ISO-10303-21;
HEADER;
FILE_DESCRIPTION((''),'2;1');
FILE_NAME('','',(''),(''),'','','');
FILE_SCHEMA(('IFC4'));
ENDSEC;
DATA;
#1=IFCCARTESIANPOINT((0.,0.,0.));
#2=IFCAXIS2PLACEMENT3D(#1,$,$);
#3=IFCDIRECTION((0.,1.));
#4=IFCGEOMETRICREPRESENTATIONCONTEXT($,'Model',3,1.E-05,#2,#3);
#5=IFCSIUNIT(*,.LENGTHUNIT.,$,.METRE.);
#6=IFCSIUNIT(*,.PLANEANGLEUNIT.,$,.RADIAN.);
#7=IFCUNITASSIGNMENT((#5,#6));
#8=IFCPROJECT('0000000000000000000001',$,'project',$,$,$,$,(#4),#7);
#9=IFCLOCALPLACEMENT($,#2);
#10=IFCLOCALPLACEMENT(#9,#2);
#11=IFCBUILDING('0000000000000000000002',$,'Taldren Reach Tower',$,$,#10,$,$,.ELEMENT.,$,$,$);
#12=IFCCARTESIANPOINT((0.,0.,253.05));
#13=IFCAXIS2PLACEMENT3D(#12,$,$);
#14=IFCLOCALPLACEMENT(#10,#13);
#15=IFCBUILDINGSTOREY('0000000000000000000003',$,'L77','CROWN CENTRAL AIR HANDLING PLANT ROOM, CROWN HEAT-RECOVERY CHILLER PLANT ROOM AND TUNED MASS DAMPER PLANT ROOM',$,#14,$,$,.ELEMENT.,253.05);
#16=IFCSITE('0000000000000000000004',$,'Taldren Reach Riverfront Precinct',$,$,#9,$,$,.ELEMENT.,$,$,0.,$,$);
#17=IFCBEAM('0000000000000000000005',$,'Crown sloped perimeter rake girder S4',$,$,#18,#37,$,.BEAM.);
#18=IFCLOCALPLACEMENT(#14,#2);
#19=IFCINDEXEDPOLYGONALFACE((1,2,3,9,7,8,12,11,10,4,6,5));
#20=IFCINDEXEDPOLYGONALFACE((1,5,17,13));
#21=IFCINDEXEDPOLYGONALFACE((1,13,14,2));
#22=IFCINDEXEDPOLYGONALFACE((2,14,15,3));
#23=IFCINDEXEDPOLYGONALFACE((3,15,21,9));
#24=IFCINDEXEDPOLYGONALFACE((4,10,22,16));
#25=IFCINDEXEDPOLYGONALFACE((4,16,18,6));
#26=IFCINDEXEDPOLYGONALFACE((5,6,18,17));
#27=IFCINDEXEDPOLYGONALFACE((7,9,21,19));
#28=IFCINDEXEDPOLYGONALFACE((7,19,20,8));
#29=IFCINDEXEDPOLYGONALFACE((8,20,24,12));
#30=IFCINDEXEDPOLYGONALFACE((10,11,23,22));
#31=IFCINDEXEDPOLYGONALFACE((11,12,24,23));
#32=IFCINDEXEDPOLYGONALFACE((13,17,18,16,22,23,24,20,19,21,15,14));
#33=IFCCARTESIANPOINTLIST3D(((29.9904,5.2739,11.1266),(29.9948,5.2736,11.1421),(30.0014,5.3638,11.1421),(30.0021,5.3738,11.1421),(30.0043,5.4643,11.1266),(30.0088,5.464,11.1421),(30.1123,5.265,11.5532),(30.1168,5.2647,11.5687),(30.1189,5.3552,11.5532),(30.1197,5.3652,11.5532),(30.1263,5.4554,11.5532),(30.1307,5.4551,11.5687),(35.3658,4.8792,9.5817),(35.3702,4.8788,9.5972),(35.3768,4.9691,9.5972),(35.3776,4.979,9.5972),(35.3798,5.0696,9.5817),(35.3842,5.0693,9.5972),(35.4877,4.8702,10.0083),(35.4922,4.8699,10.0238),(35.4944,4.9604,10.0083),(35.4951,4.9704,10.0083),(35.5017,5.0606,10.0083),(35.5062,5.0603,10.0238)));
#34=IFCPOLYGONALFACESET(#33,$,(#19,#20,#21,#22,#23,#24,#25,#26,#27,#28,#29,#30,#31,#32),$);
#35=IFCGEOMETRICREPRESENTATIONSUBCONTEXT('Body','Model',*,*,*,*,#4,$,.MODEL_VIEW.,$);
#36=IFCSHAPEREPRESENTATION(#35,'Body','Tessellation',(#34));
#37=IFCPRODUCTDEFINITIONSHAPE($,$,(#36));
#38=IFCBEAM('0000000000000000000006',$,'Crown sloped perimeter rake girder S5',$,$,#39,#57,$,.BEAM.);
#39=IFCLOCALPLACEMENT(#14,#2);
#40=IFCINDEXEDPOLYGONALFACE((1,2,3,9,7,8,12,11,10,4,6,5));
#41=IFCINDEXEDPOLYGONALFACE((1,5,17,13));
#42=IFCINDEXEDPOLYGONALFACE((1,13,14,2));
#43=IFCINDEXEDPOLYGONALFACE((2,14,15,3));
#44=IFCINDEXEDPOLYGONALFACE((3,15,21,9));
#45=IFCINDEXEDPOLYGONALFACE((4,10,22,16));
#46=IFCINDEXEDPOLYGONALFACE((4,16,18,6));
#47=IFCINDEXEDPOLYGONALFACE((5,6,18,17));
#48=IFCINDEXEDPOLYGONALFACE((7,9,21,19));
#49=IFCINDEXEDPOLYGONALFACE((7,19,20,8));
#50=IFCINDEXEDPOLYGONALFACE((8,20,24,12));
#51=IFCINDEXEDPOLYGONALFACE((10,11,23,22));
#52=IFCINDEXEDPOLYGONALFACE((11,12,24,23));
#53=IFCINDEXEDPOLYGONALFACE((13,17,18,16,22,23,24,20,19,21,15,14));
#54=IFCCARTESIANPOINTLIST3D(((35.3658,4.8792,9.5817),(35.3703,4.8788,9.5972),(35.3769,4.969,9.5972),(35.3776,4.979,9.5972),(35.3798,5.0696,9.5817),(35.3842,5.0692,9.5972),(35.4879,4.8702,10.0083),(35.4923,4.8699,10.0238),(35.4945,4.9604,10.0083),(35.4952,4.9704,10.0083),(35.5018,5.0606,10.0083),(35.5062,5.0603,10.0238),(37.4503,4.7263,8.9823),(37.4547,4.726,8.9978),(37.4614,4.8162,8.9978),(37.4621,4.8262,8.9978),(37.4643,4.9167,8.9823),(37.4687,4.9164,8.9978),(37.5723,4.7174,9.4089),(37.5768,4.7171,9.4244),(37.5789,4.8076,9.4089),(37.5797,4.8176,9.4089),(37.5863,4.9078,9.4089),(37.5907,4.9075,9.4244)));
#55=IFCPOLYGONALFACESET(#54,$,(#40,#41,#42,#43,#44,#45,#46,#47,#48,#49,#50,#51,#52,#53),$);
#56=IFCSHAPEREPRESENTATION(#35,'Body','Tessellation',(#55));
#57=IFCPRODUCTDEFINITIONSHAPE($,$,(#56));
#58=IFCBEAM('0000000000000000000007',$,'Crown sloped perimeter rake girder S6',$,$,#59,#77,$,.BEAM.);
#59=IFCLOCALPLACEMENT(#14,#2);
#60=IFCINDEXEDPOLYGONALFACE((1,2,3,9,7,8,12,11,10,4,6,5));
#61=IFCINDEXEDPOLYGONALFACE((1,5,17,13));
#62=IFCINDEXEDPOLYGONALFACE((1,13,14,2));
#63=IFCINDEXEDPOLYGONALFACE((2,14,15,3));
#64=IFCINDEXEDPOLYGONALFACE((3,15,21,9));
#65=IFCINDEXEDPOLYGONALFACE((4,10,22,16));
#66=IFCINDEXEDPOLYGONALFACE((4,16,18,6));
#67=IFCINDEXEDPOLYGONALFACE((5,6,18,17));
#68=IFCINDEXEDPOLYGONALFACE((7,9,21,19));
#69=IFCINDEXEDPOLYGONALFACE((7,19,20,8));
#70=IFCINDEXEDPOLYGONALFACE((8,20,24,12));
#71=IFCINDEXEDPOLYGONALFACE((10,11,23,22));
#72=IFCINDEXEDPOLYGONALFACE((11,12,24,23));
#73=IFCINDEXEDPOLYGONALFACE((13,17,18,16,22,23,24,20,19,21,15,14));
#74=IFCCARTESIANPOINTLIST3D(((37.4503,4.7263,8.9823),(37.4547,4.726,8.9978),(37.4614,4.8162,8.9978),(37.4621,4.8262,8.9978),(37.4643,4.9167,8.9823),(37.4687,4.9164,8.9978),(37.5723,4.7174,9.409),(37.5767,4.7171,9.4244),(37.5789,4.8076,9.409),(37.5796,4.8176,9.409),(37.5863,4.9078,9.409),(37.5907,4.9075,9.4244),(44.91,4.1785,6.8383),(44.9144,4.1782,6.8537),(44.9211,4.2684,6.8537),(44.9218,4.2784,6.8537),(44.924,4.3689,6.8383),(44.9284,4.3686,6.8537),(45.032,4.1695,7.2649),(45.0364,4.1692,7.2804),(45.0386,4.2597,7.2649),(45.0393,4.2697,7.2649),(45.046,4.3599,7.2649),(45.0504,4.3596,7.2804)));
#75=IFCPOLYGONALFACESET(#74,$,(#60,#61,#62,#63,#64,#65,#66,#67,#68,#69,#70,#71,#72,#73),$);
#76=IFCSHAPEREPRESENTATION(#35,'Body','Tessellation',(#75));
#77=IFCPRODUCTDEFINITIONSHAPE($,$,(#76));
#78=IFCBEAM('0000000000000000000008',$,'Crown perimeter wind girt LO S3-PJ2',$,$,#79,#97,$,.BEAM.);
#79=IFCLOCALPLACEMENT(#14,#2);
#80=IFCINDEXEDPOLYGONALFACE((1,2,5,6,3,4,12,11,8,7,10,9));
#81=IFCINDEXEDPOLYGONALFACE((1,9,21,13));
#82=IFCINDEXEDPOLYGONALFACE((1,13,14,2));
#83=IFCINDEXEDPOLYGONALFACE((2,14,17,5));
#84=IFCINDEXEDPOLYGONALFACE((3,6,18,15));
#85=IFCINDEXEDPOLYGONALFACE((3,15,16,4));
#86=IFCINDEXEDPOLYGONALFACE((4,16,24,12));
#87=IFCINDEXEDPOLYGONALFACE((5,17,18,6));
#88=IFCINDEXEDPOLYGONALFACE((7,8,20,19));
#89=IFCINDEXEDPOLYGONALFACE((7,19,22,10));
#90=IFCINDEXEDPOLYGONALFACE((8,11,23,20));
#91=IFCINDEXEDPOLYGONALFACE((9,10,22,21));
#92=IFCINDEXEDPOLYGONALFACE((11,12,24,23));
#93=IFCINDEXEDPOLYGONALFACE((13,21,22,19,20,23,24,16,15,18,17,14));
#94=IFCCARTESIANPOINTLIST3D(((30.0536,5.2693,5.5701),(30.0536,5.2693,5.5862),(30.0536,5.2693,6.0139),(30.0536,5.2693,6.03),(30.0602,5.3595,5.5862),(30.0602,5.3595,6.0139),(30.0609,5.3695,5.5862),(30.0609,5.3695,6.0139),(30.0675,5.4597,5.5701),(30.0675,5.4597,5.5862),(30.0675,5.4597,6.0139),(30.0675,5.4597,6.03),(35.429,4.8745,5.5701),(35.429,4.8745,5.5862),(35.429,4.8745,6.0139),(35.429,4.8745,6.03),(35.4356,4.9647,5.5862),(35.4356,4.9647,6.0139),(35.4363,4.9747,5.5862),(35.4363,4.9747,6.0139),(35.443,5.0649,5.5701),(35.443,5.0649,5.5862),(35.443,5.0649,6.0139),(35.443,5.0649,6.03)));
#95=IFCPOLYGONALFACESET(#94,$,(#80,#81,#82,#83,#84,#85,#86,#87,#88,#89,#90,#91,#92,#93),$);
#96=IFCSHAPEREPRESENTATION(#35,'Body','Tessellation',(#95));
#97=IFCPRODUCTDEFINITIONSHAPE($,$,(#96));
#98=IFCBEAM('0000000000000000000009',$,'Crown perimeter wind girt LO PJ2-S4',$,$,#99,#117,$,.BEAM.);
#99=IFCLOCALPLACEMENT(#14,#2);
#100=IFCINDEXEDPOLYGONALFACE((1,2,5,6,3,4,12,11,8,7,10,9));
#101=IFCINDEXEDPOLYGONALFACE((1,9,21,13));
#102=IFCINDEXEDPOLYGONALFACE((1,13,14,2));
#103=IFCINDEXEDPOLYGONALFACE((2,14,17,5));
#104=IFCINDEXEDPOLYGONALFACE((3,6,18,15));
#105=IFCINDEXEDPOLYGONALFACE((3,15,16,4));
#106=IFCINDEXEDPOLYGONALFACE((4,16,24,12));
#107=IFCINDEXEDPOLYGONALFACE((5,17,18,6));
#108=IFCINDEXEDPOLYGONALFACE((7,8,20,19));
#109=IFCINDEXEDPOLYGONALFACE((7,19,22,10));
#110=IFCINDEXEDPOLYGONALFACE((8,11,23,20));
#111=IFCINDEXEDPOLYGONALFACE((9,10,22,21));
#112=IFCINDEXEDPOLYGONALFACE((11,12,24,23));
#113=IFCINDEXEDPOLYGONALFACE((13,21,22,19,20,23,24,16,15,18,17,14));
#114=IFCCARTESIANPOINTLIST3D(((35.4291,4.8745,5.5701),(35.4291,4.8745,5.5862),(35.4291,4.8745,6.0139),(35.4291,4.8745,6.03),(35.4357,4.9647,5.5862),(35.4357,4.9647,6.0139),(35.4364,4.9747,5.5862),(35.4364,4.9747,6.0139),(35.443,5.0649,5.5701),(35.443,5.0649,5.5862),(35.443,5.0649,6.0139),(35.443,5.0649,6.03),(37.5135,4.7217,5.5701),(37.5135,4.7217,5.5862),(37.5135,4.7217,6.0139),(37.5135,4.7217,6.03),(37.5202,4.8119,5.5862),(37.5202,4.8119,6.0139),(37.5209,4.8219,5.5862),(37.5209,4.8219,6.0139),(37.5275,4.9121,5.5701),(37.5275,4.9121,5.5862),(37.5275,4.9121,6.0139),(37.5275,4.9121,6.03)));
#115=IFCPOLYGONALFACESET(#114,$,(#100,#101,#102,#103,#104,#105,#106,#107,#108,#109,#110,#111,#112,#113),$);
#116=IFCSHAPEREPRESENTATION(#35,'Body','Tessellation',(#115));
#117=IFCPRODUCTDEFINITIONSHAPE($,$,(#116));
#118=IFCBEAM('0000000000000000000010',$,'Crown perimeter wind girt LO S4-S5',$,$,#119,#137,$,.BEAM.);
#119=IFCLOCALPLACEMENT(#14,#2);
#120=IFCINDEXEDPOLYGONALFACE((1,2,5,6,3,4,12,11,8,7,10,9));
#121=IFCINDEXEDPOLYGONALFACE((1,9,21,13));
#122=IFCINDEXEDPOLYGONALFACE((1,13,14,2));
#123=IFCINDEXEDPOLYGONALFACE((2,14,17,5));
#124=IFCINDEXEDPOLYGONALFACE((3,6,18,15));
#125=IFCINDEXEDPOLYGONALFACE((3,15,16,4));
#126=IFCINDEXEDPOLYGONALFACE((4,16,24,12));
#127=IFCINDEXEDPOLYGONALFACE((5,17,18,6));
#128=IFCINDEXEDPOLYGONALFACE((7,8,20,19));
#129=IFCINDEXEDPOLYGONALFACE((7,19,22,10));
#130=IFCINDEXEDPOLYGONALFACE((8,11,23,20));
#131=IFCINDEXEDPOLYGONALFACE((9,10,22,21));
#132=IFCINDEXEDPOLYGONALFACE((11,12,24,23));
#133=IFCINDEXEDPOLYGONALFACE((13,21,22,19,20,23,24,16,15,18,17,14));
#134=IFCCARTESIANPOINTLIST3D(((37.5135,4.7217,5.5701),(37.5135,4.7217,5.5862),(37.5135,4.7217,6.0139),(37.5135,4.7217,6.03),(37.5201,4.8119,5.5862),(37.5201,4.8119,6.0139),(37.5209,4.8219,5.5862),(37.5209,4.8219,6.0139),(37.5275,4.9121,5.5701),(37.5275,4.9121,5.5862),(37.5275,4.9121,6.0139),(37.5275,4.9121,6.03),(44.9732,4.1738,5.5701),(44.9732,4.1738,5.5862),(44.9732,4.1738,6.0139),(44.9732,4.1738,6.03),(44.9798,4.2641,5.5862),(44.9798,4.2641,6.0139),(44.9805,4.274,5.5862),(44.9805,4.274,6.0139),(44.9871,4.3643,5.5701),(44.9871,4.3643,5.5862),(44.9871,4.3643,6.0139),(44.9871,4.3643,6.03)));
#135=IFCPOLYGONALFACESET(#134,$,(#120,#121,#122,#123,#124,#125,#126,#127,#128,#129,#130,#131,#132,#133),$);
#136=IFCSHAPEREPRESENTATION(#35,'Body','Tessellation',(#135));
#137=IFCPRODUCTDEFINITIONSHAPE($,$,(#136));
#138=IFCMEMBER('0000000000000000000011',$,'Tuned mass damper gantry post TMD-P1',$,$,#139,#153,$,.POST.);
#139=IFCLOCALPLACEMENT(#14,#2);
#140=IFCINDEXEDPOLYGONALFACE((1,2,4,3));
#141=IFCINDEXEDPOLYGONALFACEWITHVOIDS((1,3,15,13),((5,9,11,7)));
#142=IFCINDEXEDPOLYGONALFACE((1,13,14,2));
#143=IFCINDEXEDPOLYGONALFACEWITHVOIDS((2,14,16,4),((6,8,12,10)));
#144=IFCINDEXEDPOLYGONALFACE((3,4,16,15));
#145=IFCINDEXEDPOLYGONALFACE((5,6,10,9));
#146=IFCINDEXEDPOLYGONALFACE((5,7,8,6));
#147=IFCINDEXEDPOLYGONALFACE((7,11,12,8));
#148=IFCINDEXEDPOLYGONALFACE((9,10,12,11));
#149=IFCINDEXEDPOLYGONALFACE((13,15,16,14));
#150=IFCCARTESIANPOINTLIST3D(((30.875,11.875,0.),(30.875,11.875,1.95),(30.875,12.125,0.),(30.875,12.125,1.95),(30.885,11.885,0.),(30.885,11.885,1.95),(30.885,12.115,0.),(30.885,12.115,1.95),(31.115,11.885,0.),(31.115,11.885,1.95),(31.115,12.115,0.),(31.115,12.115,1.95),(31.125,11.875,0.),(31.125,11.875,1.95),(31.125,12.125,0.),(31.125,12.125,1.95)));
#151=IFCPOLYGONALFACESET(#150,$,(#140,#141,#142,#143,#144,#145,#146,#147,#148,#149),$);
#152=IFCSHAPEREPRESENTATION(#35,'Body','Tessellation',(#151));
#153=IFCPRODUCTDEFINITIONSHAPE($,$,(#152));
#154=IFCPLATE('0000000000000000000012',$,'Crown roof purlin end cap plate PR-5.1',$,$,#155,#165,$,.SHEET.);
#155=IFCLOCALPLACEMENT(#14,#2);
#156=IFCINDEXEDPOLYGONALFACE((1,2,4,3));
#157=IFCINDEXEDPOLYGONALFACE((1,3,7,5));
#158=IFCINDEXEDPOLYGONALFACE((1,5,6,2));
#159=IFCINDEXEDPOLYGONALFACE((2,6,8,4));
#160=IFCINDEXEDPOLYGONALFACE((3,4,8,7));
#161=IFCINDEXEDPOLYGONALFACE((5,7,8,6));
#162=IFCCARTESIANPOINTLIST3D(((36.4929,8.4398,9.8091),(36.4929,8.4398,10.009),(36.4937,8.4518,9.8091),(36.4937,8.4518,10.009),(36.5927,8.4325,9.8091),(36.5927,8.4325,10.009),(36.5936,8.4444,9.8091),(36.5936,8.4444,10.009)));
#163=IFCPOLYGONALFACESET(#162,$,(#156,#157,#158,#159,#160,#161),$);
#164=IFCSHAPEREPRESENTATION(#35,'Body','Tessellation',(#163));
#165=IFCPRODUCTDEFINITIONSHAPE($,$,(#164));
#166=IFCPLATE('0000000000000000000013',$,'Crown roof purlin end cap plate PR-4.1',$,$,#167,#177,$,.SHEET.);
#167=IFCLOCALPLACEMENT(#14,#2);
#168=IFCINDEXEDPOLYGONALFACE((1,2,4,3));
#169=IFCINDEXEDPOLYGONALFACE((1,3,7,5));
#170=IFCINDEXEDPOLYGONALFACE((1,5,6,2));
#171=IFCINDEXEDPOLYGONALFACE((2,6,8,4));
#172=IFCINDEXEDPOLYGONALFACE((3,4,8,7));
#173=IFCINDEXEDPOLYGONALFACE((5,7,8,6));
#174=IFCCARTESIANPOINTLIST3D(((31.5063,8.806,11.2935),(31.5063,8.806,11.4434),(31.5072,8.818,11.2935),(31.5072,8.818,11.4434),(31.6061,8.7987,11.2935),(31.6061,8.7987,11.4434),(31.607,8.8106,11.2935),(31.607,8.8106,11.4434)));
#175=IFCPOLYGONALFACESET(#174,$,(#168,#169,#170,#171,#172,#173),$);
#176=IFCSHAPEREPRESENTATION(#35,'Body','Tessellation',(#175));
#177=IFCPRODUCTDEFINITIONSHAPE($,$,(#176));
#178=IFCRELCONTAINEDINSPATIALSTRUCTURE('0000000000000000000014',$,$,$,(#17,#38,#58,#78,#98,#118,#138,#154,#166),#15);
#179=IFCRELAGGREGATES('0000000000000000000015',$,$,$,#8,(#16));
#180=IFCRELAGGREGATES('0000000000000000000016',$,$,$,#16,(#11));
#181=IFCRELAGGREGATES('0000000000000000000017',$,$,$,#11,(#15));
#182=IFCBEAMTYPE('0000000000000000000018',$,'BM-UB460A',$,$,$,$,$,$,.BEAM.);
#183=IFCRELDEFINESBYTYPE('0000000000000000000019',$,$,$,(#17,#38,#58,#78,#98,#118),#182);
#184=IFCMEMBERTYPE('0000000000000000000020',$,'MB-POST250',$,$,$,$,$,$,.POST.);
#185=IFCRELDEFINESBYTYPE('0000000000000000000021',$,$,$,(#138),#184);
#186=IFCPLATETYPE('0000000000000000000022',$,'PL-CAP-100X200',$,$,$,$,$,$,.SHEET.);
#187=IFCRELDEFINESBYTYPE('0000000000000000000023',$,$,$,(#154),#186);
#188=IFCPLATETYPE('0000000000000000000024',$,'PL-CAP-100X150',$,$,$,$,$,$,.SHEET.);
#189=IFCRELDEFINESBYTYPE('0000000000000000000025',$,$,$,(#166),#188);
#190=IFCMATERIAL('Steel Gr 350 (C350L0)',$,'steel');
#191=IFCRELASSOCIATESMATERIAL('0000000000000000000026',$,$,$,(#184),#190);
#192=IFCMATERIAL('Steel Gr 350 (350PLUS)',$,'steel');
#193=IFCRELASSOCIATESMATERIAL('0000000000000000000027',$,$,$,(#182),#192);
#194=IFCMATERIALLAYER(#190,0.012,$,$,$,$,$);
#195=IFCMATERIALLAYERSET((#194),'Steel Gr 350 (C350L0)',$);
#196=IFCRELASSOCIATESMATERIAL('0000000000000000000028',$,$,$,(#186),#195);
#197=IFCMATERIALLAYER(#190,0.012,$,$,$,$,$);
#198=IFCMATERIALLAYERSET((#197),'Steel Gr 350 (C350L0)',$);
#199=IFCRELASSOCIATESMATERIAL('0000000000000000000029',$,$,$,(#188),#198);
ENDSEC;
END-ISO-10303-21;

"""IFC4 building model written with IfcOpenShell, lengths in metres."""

from ifc_helpers import new_model, si_unit, direction, frame, origin, origin_2d, place, context, subcontext, project, spatial, rectangle, hollow_rectangle, i_section, extrude, source, transform, mapped, material, layer, layer_set, material_profile, profile_set, type_object, element, save


model = new_model("IFC4")

# Units and contexts
model_context = context("Model", 3, precision=1e-05, world=origin(), true_north=direction((0.0, 1.0)))
body_context = subcontext(model_context, "Body", "Model", "MODEL_VIEW")
ifc_project = project(units=[si_unit("LENGTHUNIT", "METRE"), si_unit("PLANEANGLEUNIT", "RADIAN")], contexts=[model_context])

# Site, building, storey
site_placement = place(None, origin())
site = spatial("IfcSite", under=ifc_project, at=site_placement, Name="Taldren Reach Riverfront Precinct", CompositionType="ELEMENT", RefElevation=0.0)
building_placement = place(site_placement, origin())
building = spatial("IfcBuilding", under=site, at=building_placement, Name="Taldren Reach Tower", CompositionType="ELEMENT")
storey_placement = place(building_placement, frame((0.0, 0.0, 253.05)))
storey = spatial("IfcBuildingStorey", under=building, at=storey_placement, Name="L77", Description="CROWN CENTRAL AIR HANDLING PLANT ROOM, CROWN HEAT-RECOVERY CHILLER PLANT ROOM AND TUNED MASS DAMPER PLANT ROOM", CompositionType="ELEMENT", Elevation=253.05)

# Shared definitions
ifc_material_1 = material(Name="Steel Gr 350 (350PLUS)", Category="steel")

# Shared definitions
ifc_material_2 = material(Name="Steel Gr 350 (C350L0)", Category="steel")
ifc_material_profile_1 = material_profile(ifc_material_2, hollow_rectangle(XDim=0.25, YDim=0.25, WallThickness=0.01, at=origin_2d()), Name="250x250x10.0SHS")
ifc_profile_set_1 = profile_set([ifc_material_profile_1], Name="Steel Gr 350 (C350L0)")
member_type_1 = type_object("IfcMemberType", Name="MB-POST250", PredefinedType="POST", material=ifc_profile_set_1)

# Beams
ifc_material_profile_2 = material_profile(ifc_material_1, i_section(OverallWidth=0.1909, OverallDepth=0.46, WebThickness=0.01, FlangeThickness=0.0161, at=origin_2d()), Name="460UB82.1")
ifc_profile_set_2 = profile_set([ifc_material_profile_2], Name="Steel Gr 350 (350PLUS)")
beam_type_1 = type_object("IfcBeamType", Name="BM-UB460A", PredefinedType="BEAM", material=ifc_profile_set_2)
shared_shape_1 = source(origin(), body_context, "Body", "SweptSolid", [
    extrude(i_section(OverallWidth=0.1909, OverallDepth=0.46, WebThickness=0.01, FlangeThickness=0.0161, at=origin_2d()), origin(), (0.0, 0.0, 1.0), 5.6069),
])
beam_1_placement = place(storey_placement, frame((30.0605, 5.3645, 11.3477), z_axis=(0.958709, -0.070408, -0.275534), x_axis=(0.073243, 0.997314, 0.0)))
element("IfcBeam", 1, at=beam_1_placement, inside=storey, type_object=beam_type_1, Name="Crown sloped perimeter rake girder S4", PredefinedType="BEAM", context=body_context, shape_type="MappedRepresentation", body=[
    mapped(shared_shape_1, transform((0.0, 0.0, 0.0), scale=1.0)),
])
shared_shape_2 = source(origin(), body_context, "Body", "SweptSolid", [
    extrude(i_section(OverallWidth=0.1909, OverallDepth=0.46, WebThickness=0.01, FlangeThickness=0.0161, at=origin_2d()), origin(), (0.0, 0.0, 1.0), 2.1743),
])
beam_2_placement = place(storey_placement, frame((35.436, 4.9697, 9.8027), z_axis=(0.958683, -0.07029, -0.275658), x_axis=(0.073123, 0.997323, 0.0)))
element("IfcBeam", 2, at=beam_2_placement, inside=storey, type_object=beam_type_1, Name="Crown sloped perimeter rake girder S5", PredefinedType="BEAM", context=body_context, shape_type="MappedRepresentation", body=[
    mapped(shared_shape_2, transform((0.0, 0.0, 0.0), scale=1.0)),
])
shared_shape_3 = source(origin(), body_context, "Body", "SweptSolid", [
    extrude(i_section(OverallWidth=0.1909, OverallDepth=0.46, WebThickness=0.01, FlangeThickness=0.0161, at=origin_2d()), origin(), (0.0, 0.0, 1.0), 7.781),
])
beam_3_placement = place(storey_placement, frame((37.5205, 4.8169, 9.2034), z_axis=(0.958706, -0.070409, -0.275547), x_axis=(0.073244, 0.997314, 0.0)))
element("IfcBeam", 3, at=beam_3_placement, inside=storey, type_object=beam_type_1, Name="Crown sloped perimeter rake girder S6", PredefinedType="BEAM", context=body_context, shape_type="MappedRepresentation", body=[
    mapped(shared_shape_3, transform((0.0, 0.0, 0.0), scale=1.0)),
])
shared_shape_4 = source(origin(), body_context, "Body", "SweptSolid", [
    extrude(i_section(OverallWidth=0.1909, OverallDepth=0.46, WebThickness=0.01, FlangeThickness=0.0161, at=origin_2d()), origin(), (0.0, 0.0, 1.0), 5.3899),
])
beam_4_placement = place(storey_placement, frame((30.0605, 5.3645, 5.8), z_axis=(0.997314, -0.073243, 0.0), x_axis=(0.073243, 0.997314, 0.0)))
element("IfcBeam", 4, at=beam_4_placement, inside=storey, type_object=beam_type_1, Name="Crown perimeter wind girt LO S3-PJ2", PredefinedType="BEAM", context=body_context, shape_type="MappedRepresentation", body=[
    mapped(shared_shape_4, transform((0.0, 0.0, 0.0), scale=1.0)),
])
shared_shape_5 = source(origin(), body_context, "Body", "SweptSolid", [
    extrude(i_section(OverallWidth=0.1909, OverallDepth=0.46, WebThickness=0.01, FlangeThickness=0.0161, at=origin_2d()), origin(), (0.0, 0.0, 1.0), 2.0901),
])
beam_5_placement = place(storey_placement, frame((35.436, 4.9697, 5.8), z_axis=(0.997323, -0.073123, 0.0), x_axis=(0.073123, 0.997323, 0.0)))
element("IfcBeam", 5, at=beam_5_placement, inside=storey, type_object=beam_type_1, Name="Crown perimeter wind girt LO PJ2-S4", PredefinedType="BEAM", context=body_context, shape_type="MappedRepresentation", body=[
    mapped(shared_shape_5, transform((0.0, 0.0, 0.0), scale=1.0)),
])
shared_shape_6 = source(origin(), body_context, "Body", "SweptSolid", [
    extrude(i_section(OverallWidth=0.1909, OverallDepth=0.46, WebThickness=0.01, FlangeThickness=0.0161, at=origin_2d()), origin(), (0.0, 0.0, 1.0), 7.4797),
])
beam_6_placement = place(storey_placement, frame((37.5205, 4.8169, 5.8), z_axis=(0.997314, -0.073244, 0.0), x_axis=(0.073244, 0.997314, 0.0)))
element("IfcBeam", 6, at=beam_6_placement, inside=storey, type_object=beam_type_1, Name="Crown perimeter wind girt LO S4-S5", PredefinedType="BEAM", context=body_context, shape_type="MappedRepresentation", body=[
    mapped(shared_shape_6, transform((0.0, 0.0, 0.0), scale=1.0)),
])

# Member
shared_shape_7 = source(origin(), body_context, "Body", "SweptSolid", [
    extrude(hollow_rectangle(XDim=0.25, YDim=0.25, WallThickness=0.01, at=origin_2d()), origin(), (0.0, 0.0, 1.0), 1.95),
])
member_1_placement = place(storey_placement, frame((31.0, 12.0, 0.0), z_axis=(0.0, 0.0, 1.0), x_axis=(1.0, 0.0, 0.0)))
element("IfcMember", 7, at=member_1_placement, inside=storey, type_object=member_type_1, Name="Tuned mass damper gantry post TMD-P1", PredefinedType="POST", context=body_context, shape_type="MappedRepresentation", body=[
    mapped(shared_shape_7, transform((0.0, 0.0, 0.0), scale=1.0)),
])

# Plates
ifc_layer_1 = layer(ifc_material_2, 0.012)
ifc_layer_set_1 = layer_set([ifc_layer_1], Name="Steel Gr 350 (C350L0)")
plate_type_1 = type_object("IfcPlateType", Name="PL-CAP-100X200", PredefinedType="SHEET", material=ifc_layer_set_1)
shared_shape_8 = source(origin(), body_context, "Body", "SweptSolid", [
    extrude(rectangle(XDim=0.1001, YDim=0.012, at=origin_2d()), origin(), (0.0, 0.0, 1.0), 0.2),
])
plate_1_placement = place(storey_placement, frame((36.5432, 8.4421, 9.8091), z_axis=(0.0, 0.0, 1.0), x_axis=(0.997314, -0.073238, 0.0)))
element("IfcPlate", 8, at=plate_1_placement, inside=storey, type_object=plate_type_1, Name="Crown roof purlin end cap plate PR-5.1", PredefinedType="SHEET", context=body_context, shape_type="MappedRepresentation", body=[
    mapped(shared_shape_8, transform((0.0, 0.0, 0.0), scale=1.0)),
])
ifc_layer_2 = layer(ifc_material_2, 0.012)
ifc_layer_set_2 = layer_set([ifc_layer_2], Name="Steel Gr 350 (C350L0)")
plate_type_2 = type_object("IfcPlateType", Name="PL-CAP-100X150", PredefinedType="SHEET", material=ifc_layer_set_2)
shared_shape_9 = source(origin(), body_context, "Body", "SweptSolid", [
    extrude(rectangle(XDim=0.1001, YDim=0.012, at=origin_2d()), origin(), (0.0, 0.0, 1.0), 0.1499),
])
for number, where, z_axis, x_axis, name in (
    (9, (31.5566, 8.8083, 11.2935), (0.0, 0.0, 1.0), (0.997314, -0.073238, 0.0), "Crown roof purlin end cap plate PR-4.1"),
):
    element("IfcPlate", number, at=place(storey_placement, frame(where, z_axis=z_axis, x_axis=x_axis)), inside=storey, type_object=plate_type_2, Name=name, PredefinedType="SHEET", context=body_context, shape_type="MappedRepresentation", body=[
        mapped(shared_shape_9, transform((0.0, 0.0, 0.0), scale=1.0)),
    ])

save(model, "model.ifc")
